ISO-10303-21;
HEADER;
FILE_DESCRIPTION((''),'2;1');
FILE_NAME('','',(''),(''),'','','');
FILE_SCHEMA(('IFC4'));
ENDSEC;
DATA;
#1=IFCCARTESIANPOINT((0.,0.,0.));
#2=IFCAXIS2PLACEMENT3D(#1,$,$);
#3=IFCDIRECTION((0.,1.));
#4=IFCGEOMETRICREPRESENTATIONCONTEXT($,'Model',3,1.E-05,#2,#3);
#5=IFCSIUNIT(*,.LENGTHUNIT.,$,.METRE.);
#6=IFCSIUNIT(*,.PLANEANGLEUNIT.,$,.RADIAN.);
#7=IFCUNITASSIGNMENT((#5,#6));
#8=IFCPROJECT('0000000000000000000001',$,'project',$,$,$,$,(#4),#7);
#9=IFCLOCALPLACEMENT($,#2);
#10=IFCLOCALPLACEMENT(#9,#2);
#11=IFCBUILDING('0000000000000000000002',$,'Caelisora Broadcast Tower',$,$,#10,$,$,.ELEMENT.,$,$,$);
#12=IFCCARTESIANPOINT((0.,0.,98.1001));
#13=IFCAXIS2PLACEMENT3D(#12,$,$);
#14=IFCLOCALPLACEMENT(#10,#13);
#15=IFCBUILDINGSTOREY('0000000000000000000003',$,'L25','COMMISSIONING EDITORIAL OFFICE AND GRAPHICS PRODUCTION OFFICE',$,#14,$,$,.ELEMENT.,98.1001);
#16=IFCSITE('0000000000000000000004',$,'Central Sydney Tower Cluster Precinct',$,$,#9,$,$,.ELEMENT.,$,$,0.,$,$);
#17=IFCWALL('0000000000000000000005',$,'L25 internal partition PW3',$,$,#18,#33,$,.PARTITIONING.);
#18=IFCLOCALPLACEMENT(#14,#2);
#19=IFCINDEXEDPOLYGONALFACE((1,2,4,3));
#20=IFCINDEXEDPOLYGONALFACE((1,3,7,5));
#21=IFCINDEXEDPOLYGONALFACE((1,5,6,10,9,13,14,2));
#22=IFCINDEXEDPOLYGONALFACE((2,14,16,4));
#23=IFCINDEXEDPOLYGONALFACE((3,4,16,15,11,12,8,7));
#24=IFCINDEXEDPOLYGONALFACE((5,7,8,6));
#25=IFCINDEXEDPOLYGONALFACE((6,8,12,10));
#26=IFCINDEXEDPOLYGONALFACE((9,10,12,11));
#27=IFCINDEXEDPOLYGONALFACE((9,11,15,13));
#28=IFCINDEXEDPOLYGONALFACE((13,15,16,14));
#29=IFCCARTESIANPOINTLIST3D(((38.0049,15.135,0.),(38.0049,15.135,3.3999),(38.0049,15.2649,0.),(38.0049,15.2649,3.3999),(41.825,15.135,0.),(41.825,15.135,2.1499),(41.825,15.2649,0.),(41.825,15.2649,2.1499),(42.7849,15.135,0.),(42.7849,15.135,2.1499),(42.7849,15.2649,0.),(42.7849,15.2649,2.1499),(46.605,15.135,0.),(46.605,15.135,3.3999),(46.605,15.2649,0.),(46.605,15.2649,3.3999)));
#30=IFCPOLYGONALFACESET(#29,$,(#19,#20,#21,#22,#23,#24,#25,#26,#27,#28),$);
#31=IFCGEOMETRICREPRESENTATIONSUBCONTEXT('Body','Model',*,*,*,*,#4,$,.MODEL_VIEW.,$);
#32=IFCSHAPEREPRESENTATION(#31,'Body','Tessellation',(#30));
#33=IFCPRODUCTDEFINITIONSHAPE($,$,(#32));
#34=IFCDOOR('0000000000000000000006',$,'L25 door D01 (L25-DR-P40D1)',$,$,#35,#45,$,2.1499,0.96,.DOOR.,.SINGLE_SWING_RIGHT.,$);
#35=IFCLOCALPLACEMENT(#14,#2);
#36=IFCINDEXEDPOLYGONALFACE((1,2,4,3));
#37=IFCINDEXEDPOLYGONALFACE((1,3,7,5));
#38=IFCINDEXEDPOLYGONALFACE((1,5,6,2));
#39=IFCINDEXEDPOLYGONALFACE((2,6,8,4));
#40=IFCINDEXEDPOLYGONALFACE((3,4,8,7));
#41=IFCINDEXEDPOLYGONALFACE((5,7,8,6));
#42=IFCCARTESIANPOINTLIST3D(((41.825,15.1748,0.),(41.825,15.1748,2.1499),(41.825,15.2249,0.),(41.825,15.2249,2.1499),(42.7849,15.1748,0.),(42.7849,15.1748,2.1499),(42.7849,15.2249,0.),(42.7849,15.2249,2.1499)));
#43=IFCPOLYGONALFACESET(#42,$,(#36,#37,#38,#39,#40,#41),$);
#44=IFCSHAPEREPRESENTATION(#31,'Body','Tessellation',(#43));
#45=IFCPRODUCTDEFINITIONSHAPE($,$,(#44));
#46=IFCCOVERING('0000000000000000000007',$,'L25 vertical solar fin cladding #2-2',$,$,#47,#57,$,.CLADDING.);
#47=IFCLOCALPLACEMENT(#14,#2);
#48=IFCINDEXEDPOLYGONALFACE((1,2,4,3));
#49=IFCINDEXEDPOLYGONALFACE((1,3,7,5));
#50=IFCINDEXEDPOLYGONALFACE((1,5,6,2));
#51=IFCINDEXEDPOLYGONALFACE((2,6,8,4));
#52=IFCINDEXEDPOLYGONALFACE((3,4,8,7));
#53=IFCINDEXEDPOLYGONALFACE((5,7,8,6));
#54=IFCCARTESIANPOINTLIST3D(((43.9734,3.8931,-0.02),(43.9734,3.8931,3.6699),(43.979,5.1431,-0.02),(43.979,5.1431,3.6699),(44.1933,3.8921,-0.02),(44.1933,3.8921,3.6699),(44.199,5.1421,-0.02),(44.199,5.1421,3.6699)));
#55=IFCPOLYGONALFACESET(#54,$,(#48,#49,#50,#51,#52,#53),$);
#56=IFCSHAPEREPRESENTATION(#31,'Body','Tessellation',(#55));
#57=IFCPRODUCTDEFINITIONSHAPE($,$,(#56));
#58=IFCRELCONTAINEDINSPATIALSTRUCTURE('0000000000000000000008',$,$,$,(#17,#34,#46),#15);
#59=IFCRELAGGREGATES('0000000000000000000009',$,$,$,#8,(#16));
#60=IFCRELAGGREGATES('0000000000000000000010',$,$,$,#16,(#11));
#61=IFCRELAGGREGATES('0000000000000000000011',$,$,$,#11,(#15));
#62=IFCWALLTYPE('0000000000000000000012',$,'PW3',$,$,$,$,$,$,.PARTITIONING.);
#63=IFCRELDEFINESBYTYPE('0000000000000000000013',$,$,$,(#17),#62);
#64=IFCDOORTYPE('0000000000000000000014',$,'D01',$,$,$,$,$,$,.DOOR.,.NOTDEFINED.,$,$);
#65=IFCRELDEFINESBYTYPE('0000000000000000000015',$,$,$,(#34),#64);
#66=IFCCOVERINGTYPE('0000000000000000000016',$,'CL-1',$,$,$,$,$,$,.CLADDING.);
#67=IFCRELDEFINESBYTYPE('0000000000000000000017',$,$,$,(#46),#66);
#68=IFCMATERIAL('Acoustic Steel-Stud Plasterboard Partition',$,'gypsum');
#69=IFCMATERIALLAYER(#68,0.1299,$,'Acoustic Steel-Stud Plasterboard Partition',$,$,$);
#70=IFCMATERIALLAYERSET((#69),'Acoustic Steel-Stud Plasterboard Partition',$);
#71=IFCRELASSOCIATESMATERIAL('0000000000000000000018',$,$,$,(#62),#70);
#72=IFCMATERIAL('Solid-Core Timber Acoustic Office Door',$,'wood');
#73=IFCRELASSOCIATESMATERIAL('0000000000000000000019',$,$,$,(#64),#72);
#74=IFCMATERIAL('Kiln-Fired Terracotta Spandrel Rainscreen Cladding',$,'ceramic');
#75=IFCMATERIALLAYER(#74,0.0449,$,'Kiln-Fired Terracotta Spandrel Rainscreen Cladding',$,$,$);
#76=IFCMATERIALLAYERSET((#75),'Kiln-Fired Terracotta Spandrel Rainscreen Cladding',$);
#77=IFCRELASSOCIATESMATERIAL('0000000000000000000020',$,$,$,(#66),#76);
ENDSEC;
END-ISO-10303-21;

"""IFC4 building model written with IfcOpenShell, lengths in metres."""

from ifc_helpers import new_model, si_unit, direction, frame, frame_2d, origin, origin_2d, place, context, subcontext, project, spatial, rectangle, extrude, source, transform, mapped, material, layer, layer_set, type_object, type_shapes, element, fill, save


model = new_model("IFC4")

# Units and contexts
model_context = context("Model", 3, precision=1e-05, world=origin(), true_north=direction((0.0, 1.0)))
body_context = subcontext(model_context, "Body", "Model", "MODEL_VIEW")
ifc_project = project(units=[si_unit("LENGTHUNIT", "METRE"), si_unit("PLANEANGLEUNIT", "RADIAN")], contexts=[model_context])

# Site, building, storey
site_placement = place(None, origin())
site = spatial("IfcSite", under=ifc_project, at=site_placement, Name="Central Sydney Tower Cluster Precinct", CompositionType="ELEMENT", RefElevation=0.0)
building_placement = place(site_placement, origin())
building = spatial("IfcBuilding", under=site, at=building_placement, Name="Caelisora Broadcast Tower", CompositionType="ELEMENT")
storey_placement = place(building_placement, frame((0.0, 0.0, 98.1001)))
storey = spatial("IfcBuildingStorey", under=building, at=storey_placement, Name="L25", Description="COMMISSIONING EDITORIAL OFFICE AND GRAPHICS PRODUCTION OFFICE", CompositionType="ELEMENT", Elevation=98.1001)

# Shared definitions
ifc_material_1 = material(Name="Acoustic Steel-Stud Plasterboard Partition", Category="gypsum")
ifc_layer_1 = layer(ifc_material_1, 0.1299, Name="Acoustic Steel-Stud Plasterboard Partition")
ifc_layer_set_1 = layer_set([ifc_layer_1], Name="Acoustic Steel-Stud Plasterboard Partition")
wall_type_1 = type_object("IfcWallType", Name="PW3", PredefinedType="PARTITIONING", material=ifc_layer_set_1)

# Wall, opening, door
wall_1_placement = place(storey_placement, frame((38.0049, 15.2, 0.0), z_axis=(0.0, 0.0, 1.0), x_axis=(1.0, 0.0, 0.0)))
wall_1 = element("IfcWall", 1, at=wall_1_placement, inside=storey, type_object=wall_type_1, Name="L25 internal partition PW3", PredefinedType="PARTITIONING", context=body_context, shape_type="SweptSolid", body=[
    extrude(rectangle(XDim=8.6001, YDim=0.1299, at=frame_2d((4.3, 0.0))), origin(), (0.0, 0.0, 1.0), 3.3999),
])
opening_1_placement = place(wall_1_placement, frame((3.8201, 0.0, 0.0)))
opening_1 = element("IfcOpeningElement", 2, at=opening_1_placement, cuts=wall_1, PredefinedType="OPENING", context=body_context, shape_type="SweptSolid", body=[
    extrude(rectangle(XDim=0.96, YDim=2.1499, at=frame_2d((0.48, 1.075))), frame((0.0, 0.0769, 0.0), z_axis=(0.0, -1.0, 0.0), x_axis=(1.0, 0.0, 0.0)), (0.0, 0.0, 1.0), 0.1538),
])
ifc_material_2 = material(Name="Solid-Core Timber Acoustic Office Door", Category="wood")
door_type_1 = type_object("IfcDoorType", Name="D01", OperationType="NOTDEFINED", PredefinedType="DOOR", material=ifc_material_2)
door_1_placement = place(opening_1_placement, origin())
door_1 = element("IfcDoor", 3, at=door_1_placement, inside=storey, type_object=door_type_1, Name="L25 door D01 (L25-DR-P40D1)", OperationType="SINGLE_SWING_RIGHT", OverallHeight=2.1499, OverallWidth=0.96, PredefinedType="DOOR", context=body_context, shape_type="SweptSolid", body=[
    extrude(rectangle(XDim=0.96, YDim=2.1499, at=frame_2d((0.48, 1.075))), frame((0.0, 0.0249, 0.0), z_axis=(0.0, -1.0, 0.0), x_axis=(1.0, 0.0, 0.0)), (0.0, 0.0, 1.0), 0.05),
])
fill(opening_1, door_1)

# Covering
ifc_material_3 = material(Name="Kiln-Fired Terracotta Spandrel Rainscreen Cladding", Category="ceramic")
ifc_layer_2 = layer(ifc_material_3, 0.0449, Name="Kiln-Fired Terracotta Spandrel Rainscreen Cladding")
ifc_layer_set_2 = layer_set([ifc_layer_2], Name="Kiln-Fired Terracotta Spandrel Rainscreen Cladding")
covering_type = type_object("IfcCoveringType", Name="CL-1", PredefinedType="CLADDING", material=ifc_layer_set_2)
shared_shape_1 = source(origin(), body_context, "Body", "SweptSolid", [
    extrude(rectangle(XDim=0.22, YDim=1.25, at=origin_2d()), origin(), (0.0, 0.0, 1.0), 3.6899),
])
type_shapes(covering_type, [shared_shape_1])
covering_placement = place(storey_placement, frame((44.0862, 4.5176, -0.02), z_axis=(0.0, 0.0, 1.0), x_axis=(-0.99999, 0.004538, 0.0)))
element("IfcCovering", 4, at=covering_placement, inside=storey, type_object=covering_type, Name="L25 vertical solar fin cladding #2-2", PredefinedType="CLADDING", context=body_context, shape_type="MappedRepresentation", body=[
    mapped(shared_shape_1, transform((0.0, 0.0, 0.0), scale=1.0)),
])

save(model, "model.ifc")
